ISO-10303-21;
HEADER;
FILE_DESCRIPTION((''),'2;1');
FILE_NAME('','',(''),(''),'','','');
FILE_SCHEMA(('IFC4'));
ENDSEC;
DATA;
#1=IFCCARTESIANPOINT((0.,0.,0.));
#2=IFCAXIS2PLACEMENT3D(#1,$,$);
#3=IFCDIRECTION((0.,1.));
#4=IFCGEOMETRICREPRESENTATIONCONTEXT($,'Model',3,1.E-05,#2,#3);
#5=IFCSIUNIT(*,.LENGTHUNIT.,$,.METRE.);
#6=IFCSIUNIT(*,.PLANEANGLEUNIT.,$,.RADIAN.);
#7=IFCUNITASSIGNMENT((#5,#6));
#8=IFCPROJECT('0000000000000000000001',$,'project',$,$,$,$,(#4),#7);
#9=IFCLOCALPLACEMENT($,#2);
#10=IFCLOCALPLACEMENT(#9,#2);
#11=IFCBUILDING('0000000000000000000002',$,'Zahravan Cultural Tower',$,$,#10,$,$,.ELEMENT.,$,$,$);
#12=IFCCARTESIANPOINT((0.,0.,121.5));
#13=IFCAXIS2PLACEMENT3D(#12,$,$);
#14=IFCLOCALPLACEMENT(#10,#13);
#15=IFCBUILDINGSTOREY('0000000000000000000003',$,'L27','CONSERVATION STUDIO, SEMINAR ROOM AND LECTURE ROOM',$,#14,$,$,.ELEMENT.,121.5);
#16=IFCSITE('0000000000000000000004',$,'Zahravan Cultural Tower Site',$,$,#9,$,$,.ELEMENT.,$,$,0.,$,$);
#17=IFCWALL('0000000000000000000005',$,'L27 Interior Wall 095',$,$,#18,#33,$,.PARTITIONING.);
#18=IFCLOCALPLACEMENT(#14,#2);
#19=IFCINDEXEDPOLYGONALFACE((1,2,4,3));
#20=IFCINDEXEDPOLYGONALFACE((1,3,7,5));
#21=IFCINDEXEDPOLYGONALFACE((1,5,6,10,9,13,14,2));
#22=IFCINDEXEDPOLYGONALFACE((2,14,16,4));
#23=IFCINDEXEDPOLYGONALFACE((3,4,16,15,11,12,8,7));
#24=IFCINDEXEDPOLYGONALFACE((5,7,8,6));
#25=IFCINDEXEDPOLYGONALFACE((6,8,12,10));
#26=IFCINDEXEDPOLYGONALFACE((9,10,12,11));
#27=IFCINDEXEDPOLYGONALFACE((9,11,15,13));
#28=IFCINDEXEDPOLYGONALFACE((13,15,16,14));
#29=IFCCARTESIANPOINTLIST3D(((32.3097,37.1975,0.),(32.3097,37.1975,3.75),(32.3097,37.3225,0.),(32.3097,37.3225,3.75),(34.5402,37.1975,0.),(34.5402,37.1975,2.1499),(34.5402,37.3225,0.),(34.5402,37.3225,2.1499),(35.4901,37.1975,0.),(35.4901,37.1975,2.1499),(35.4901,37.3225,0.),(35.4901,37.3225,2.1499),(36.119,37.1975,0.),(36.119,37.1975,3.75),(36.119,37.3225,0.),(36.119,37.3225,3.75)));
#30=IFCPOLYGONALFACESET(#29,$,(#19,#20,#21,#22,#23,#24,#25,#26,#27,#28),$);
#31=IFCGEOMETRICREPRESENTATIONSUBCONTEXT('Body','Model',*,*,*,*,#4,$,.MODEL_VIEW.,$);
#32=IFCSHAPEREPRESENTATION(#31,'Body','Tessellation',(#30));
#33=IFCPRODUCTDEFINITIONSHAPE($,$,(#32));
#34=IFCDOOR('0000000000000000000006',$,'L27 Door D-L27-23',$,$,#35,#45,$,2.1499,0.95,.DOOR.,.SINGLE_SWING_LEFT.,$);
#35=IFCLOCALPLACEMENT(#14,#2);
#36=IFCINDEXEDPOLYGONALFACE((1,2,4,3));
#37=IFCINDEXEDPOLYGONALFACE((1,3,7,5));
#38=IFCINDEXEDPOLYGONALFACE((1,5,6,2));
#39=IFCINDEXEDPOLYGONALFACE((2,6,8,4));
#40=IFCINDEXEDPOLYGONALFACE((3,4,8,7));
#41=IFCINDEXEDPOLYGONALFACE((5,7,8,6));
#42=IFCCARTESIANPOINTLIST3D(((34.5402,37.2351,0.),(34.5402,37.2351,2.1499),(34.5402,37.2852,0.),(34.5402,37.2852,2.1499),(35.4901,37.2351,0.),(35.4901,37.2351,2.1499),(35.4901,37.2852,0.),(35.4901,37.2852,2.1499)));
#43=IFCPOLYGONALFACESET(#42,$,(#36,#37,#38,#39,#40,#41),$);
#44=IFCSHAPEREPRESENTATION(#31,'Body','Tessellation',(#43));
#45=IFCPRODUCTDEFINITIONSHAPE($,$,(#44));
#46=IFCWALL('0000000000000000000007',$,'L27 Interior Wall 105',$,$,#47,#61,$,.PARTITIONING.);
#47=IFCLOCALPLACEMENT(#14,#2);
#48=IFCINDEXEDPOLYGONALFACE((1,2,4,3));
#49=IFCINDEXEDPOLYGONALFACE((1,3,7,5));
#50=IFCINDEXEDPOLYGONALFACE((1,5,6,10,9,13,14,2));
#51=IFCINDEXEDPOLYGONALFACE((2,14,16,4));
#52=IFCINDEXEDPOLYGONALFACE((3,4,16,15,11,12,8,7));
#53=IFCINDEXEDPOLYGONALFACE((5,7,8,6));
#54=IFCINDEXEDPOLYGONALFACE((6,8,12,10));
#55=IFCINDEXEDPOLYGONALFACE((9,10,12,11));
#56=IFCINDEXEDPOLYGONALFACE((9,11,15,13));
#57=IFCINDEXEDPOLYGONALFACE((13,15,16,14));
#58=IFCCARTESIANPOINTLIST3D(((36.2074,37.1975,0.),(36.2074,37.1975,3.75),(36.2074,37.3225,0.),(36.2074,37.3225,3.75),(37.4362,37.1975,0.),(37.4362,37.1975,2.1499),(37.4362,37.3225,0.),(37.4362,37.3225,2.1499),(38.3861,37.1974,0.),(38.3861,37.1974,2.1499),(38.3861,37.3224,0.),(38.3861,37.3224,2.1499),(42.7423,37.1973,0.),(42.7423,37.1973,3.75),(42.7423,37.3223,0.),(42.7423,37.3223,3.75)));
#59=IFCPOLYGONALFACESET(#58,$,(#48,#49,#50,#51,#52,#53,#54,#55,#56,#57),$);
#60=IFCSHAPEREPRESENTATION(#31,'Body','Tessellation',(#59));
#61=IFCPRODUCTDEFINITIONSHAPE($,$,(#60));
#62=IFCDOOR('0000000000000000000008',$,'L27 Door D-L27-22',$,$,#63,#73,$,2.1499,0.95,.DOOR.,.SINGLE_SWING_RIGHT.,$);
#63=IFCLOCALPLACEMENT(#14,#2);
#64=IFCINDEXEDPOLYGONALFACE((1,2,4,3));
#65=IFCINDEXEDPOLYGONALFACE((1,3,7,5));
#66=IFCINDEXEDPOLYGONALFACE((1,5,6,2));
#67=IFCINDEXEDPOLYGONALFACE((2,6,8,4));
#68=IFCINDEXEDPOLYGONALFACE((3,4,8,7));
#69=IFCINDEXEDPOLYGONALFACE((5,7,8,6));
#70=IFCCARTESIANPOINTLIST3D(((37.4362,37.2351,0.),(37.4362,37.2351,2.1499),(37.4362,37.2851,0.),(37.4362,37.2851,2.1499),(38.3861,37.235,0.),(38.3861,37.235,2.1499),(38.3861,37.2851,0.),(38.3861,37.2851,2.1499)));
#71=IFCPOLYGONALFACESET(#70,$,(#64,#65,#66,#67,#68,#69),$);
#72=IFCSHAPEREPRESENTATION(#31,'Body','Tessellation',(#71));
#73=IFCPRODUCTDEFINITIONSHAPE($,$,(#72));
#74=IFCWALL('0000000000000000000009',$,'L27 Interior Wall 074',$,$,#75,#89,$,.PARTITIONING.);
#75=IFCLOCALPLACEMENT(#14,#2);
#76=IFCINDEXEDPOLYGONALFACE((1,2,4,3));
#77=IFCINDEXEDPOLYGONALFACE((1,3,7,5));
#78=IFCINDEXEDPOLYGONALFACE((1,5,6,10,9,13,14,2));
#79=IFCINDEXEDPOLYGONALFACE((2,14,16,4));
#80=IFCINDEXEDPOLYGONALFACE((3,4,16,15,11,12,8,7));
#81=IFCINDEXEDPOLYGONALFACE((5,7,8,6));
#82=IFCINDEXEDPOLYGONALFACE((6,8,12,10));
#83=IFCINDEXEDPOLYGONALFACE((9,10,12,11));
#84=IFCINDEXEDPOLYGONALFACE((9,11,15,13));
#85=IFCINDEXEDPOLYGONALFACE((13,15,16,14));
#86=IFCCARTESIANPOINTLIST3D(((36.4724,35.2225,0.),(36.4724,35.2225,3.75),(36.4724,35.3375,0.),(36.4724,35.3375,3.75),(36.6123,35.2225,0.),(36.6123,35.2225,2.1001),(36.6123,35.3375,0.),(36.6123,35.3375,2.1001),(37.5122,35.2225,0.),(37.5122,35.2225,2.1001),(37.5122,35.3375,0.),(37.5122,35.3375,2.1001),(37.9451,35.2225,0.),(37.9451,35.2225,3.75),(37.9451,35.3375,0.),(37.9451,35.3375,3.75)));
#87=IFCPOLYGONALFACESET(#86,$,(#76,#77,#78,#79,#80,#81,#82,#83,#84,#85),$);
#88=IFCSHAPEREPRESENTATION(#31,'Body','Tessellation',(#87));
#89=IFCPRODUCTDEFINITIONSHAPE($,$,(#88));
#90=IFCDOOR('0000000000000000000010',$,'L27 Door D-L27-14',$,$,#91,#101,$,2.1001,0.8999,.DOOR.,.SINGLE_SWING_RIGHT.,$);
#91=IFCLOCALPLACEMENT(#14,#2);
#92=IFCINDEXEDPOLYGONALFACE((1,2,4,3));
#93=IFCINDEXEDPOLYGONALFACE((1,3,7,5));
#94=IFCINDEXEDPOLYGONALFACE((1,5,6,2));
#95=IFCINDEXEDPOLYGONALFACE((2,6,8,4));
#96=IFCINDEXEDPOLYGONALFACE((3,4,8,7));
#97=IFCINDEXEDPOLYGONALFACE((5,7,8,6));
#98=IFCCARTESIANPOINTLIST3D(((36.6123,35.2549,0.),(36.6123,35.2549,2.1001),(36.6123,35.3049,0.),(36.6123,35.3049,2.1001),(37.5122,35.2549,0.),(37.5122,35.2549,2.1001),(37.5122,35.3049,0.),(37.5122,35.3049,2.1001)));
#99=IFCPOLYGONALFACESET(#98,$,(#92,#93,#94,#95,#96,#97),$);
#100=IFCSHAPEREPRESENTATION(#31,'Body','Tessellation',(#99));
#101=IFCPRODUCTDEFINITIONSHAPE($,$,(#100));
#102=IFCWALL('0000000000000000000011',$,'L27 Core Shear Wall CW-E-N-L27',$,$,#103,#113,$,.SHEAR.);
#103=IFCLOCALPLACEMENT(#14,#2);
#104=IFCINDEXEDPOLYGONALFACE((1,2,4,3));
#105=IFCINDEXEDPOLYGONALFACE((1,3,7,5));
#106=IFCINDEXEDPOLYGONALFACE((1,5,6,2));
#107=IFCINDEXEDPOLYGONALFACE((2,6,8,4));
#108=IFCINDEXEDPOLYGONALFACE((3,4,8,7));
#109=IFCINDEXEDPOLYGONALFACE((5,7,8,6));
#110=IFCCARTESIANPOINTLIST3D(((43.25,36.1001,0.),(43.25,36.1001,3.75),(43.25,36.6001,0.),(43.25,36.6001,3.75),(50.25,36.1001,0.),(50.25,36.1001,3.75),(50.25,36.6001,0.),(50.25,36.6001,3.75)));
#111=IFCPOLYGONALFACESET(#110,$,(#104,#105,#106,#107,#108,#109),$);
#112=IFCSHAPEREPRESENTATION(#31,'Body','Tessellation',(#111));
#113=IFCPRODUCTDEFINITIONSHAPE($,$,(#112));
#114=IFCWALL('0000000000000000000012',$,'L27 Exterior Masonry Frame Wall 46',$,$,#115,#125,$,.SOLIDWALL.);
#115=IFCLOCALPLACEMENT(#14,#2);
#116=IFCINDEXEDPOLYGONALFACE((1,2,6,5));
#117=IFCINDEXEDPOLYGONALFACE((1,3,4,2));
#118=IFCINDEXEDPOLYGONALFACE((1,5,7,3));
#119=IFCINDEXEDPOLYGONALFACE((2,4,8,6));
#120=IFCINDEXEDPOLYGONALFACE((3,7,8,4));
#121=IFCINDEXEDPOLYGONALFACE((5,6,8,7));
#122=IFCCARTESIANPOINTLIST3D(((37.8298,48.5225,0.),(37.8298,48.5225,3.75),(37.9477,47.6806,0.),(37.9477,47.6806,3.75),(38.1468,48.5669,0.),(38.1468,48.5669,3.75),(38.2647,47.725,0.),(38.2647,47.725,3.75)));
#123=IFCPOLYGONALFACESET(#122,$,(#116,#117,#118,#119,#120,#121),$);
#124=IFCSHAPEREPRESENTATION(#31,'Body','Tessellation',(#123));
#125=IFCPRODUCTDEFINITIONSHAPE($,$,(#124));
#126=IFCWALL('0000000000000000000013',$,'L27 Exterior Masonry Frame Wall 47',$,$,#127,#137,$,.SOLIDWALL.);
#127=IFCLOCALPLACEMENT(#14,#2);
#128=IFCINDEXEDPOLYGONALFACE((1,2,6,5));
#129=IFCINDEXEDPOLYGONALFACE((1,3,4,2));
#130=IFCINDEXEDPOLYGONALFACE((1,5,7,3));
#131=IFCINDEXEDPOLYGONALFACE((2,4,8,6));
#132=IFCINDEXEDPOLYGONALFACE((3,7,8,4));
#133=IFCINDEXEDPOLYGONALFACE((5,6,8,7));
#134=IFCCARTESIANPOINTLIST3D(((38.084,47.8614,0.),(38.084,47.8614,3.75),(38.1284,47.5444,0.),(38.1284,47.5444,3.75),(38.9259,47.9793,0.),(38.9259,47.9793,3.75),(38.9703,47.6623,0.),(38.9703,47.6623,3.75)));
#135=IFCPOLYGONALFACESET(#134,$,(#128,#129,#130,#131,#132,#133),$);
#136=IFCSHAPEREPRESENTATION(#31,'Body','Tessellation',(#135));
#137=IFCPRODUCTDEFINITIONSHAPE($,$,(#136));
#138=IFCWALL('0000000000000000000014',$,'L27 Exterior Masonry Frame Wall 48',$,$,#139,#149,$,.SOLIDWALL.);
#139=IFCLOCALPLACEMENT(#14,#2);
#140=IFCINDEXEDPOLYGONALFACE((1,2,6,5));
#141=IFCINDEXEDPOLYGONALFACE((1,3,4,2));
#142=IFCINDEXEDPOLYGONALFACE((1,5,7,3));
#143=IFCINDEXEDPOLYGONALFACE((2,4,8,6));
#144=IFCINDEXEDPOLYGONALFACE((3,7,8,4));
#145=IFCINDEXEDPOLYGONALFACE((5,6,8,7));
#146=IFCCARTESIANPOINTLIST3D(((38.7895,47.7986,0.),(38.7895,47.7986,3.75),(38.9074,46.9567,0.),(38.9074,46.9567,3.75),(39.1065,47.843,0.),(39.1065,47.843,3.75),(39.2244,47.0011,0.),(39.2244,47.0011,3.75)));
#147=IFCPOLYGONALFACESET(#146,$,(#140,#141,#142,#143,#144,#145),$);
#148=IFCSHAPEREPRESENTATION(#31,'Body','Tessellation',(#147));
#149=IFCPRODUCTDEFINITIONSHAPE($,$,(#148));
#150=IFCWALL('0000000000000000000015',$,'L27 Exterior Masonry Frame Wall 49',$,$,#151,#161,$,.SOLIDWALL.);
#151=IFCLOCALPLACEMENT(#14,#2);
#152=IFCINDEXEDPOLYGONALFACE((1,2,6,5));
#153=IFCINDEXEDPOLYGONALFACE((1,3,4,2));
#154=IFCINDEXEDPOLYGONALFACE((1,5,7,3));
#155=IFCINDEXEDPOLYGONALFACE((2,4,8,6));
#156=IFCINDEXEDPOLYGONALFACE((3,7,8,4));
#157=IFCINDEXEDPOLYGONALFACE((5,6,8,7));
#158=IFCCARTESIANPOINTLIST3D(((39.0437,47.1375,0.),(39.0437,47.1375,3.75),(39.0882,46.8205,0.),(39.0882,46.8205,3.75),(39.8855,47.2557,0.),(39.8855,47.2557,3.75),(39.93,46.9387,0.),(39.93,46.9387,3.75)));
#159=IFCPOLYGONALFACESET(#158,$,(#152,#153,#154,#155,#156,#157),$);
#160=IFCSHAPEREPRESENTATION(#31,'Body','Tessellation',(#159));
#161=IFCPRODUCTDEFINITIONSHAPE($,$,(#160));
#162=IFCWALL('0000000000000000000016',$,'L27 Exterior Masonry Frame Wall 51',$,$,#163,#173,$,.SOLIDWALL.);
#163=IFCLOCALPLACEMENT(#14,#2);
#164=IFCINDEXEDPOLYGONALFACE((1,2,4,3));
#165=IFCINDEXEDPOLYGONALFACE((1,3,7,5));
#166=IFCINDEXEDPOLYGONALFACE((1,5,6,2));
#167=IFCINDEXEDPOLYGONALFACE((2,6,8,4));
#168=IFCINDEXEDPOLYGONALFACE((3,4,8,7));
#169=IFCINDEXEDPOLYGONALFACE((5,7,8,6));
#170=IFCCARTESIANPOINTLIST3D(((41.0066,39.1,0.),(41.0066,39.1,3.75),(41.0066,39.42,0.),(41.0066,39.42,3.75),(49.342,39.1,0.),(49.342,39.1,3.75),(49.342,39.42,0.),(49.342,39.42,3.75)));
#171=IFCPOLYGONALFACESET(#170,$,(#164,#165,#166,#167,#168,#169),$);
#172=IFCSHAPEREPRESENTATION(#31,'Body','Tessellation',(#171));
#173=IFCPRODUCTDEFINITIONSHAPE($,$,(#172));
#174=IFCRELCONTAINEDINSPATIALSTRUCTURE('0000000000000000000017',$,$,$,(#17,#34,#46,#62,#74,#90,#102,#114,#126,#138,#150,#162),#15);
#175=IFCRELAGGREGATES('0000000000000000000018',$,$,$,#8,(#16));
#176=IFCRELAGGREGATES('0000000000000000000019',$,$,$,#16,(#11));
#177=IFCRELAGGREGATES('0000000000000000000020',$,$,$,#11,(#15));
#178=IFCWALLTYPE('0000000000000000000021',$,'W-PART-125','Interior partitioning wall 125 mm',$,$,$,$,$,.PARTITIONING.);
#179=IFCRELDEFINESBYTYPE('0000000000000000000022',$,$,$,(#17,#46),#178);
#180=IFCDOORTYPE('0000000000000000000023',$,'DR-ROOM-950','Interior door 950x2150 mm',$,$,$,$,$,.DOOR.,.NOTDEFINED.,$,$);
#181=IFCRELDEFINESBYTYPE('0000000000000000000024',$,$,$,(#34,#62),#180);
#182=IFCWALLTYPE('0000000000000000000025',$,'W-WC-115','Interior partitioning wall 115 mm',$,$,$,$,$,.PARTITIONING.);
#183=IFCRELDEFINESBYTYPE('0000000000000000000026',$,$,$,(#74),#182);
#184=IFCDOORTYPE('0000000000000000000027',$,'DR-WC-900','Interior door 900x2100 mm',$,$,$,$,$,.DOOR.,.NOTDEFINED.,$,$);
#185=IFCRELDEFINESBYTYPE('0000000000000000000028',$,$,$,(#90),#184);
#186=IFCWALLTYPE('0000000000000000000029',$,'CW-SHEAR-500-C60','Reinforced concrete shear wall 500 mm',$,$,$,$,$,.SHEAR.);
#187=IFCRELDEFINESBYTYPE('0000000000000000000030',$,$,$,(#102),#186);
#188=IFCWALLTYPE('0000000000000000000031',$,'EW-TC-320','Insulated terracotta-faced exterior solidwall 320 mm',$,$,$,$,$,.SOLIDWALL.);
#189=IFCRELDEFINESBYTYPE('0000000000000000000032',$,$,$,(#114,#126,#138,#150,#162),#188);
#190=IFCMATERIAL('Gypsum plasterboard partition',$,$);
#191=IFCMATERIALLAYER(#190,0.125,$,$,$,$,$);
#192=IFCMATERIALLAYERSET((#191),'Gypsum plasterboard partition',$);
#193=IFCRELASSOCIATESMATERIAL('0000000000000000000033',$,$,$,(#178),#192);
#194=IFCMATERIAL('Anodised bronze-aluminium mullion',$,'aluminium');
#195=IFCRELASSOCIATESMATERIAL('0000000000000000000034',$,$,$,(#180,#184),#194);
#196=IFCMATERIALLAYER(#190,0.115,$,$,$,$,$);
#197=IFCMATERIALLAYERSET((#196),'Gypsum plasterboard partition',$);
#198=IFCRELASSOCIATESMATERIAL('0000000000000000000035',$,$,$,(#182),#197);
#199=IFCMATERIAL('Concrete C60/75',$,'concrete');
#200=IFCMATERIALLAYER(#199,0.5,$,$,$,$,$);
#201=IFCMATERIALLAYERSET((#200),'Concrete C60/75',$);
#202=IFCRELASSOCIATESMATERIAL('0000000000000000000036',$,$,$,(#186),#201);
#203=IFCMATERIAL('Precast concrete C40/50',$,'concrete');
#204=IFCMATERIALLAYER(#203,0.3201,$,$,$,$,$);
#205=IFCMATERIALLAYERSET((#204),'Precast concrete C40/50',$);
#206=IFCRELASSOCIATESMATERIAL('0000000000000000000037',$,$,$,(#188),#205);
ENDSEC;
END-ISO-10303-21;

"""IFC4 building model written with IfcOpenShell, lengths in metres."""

from ifc_helpers import new_model, si_unit, direction, frame, frame_2d, origin, place, context, subcontext, project, spatial, rectangle, extrude, source, transform, mapped, material, layer, layer_set, type_object, element, fill, save


model = new_model("IFC4")

# Units and contexts
model_context = context("Model", 3, precision=1e-05, world=origin(), true_north=direction((0.0, 1.0)))
body_context = subcontext(model_context, "Body", "Model", "MODEL_VIEW")
ifc_project = project(units=[si_unit("LENGTHUNIT", "METRE"), si_unit("PLANEANGLEUNIT", "RADIAN")], contexts=[model_context])

# Site, building, storey
site_placement = place(None, origin())
site = spatial("IfcSite", under=ifc_project, at=site_placement, Name="Zahravan Cultural Tower Site", CompositionType="ELEMENT", RefElevation=0.0)
building_placement = place(site_placement, origin())
building = spatial("IfcBuilding", under=site, at=building_placement, Name="Zahravan Cultural Tower", CompositionType="ELEMENT")
storey_placement = place(building_placement, frame((0.0, 0.0, 121.5)))
storey = spatial("IfcBuildingStorey", under=building, at=storey_placement, Name="L27", Description="CONSERVATION STUDIO, SEMINAR ROOM AND LECTURE ROOM", CompositionType="ELEMENT", Elevation=121.5)

# Shared definitions
ifc_material_1 = material(Name="Concrete C60/75", Category="concrete")

# Walls, openings, doors
ifc_material_2 = material(Name="Gypsum plasterboard partition")
ifc_layer_1 = layer(ifc_material_2, 0.125)
ifc_layer_set_1 = layer_set([ifc_layer_1], Name="Gypsum plasterboard partition")
wall_type_1 = type_object("IfcWallType", Name="W-PART-125", Description="Interior partitioning wall 125 mm", PredefinedType="PARTITIONING", material=ifc_layer_set_1)
wall_1_placement = place(storey_placement, frame((36.1191, 37.26, 0.0), z_axis=(0.0, 0.0, 1.0), x_axis=(-1.0, 0.0, 0.0)))
wall_1 = element("IfcWall", 1, at=wall_1_placement, inside=storey, type_object=wall_type_1, Name="L27 Interior Wall 095", PredefinedType="PARTITIONING", context=body_context, shape_type="SweptSolid", body=[
    extrude(rectangle(XDim=3.8093, YDim=0.125, at=frame_2d((1.9048, 0.0))), origin(), (0.0, 0.0, 1.0), 3.75),
])
opening_1_placement = place(wall_1_placement, frame((0.6289, 0.0, 0.0)))
opening_1 = element("IfcOpeningElement", 2, at=opening_1_placement, cuts=wall_1, PredefinedType="OPENING", context=body_context, shape_type="SweptSolid", body=[
    extrude(rectangle(XDim=0.95, YDim=2.1499, at=frame_2d((0.4751, 1.075))), frame((0.0, 0.0725, 0.0), z_axis=(0.0, -1.0, 0.0), x_axis=(1.0, 0.0, 0.0)), (0.0, 0.0, 1.0), 0.145),
])
ifc_material_3 = material(Name="Anodised bronze-aluminium mullion", Category="aluminium")
door_type_1 = type_object("IfcDoorType", Name="DR-ROOM-950", Description="Interior door 950x2150 mm", OperationType="NOTDEFINED", PredefinedType="DOOR", material=ifc_material_3)
shared_shape_1 = source(origin(), body_context, "Body", "SweptSolid", [
    extrude(rectangle(XDim=0.95, YDim=2.1499, at=frame_2d((0.4751, 1.075))), frame((0.0, 0.0249, 0.0), z_axis=(0.0, -1.0, 0.0), x_axis=(1.0, 0.0, 0.0)), (0.0, 0.0, 1.0), 0.05),
])
door_1_placement = place(opening_1_placement, origin())
door_1 = element("IfcDoor", 3, at=door_1_placement, inside=storey, type_object=door_type_1, Name="L27 Door D-L27-23", OperationType="SINGLE_SWING_LEFT", OverallHeight=2.1499, OverallWidth=0.95, PredefinedType="DOOR", context=body_context, shape_type="MappedRepresentation", body=[
    mapped(shared_shape_1, transform((0.0, 0.0, 0.0), x_axis=(1.0, 0.0, 0.0), y_axis=(0.0, 1.0, 0.0), z_axis=(0.0, 0.0, 1.0), scale=1.0)),
])
fill(opening_1, door_1)
wall_2_placement = place(storey_placement, frame((42.7424, 37.2598, 0.0), z_axis=(0.0, 0.0, 1.0), x_axis=(-1.0, 0.000037, 0.0)))
wall_2 = element("IfcWall", 4, at=wall_2_placement, inside=storey, type_object=wall_type_1, Name="L27 Interior Wall 105", PredefinedType="PARTITIONING", context=body_context, shape_type="SweptSolid", body=[
    extrude(rectangle(XDim=6.5349, YDim=0.125, at=frame_2d((3.2676, 0.0))), origin(), (0.0, 0.0, 1.0), 3.75),
])
opening_2_placement = place(wall_2_placement, frame((4.3562, 0.0, 0.0)))
opening_2 = element("IfcOpeningElement", 5, at=opening_2_placement, cuts=wall_2, PredefinedType="OPENING", context=body_context, shape_type="SweptSolid", body=[
    extrude(rectangle(XDim=0.95, YDim=2.1499, at=frame_2d((0.4751, 1.075))), frame((0.0, 0.0725, 0.0), z_axis=(0.0, -1.0, 0.0), x_axis=(1.0, 0.0, 0.0)), (0.0, 0.0, 1.0), 0.145),
])
door_2_placement = place(opening_2_placement, origin())
door_2 = element("IfcDoor", 6, at=door_2_placement, inside=storey, type_object=door_type_1, Name="L27 Door D-L27-22", OperationType="SINGLE_SWING_RIGHT", OverallHeight=2.1499, OverallWidth=0.95, PredefinedType="DOOR", context=body_context, shape_type="MappedRepresentation", body=[
    mapped(shared_shape_1, transform((0.0, 0.0, 0.0), x_axis=(1.0, 0.0, 0.0), y_axis=(0.0, 1.0, 0.0), z_axis=(0.0, 0.0, 1.0), scale=1.0)),
])
fill(opening_2, door_2)
ifc_layer_2 = layer(ifc_material_2, 0.115)
ifc_layer_set_2 = layer_set([ifc_layer_2], Name="Gypsum plasterboard partition")
wall_type_2 = type_object("IfcWallType", Name="W-WC-115", Description="Interior partitioning wall 115 mm", PredefinedType="PARTITIONING", material=ifc_layer_set_2)
wall_3_placement = place(storey_placement, frame((36.4724, 35.28, 0.0), z_axis=(0.0, 0.0, 1.0), x_axis=(1.0, 0.0, 0.0)))
wall_3 = element("IfcWall", 7, at=wall_3_placement, inside=storey, type_object=wall_type_2, Name="L27 Interior Wall 074", PredefinedType="PARTITIONING", context=body_context, shape_type="SweptSolid", body=[
    extrude(rectangle(XDim=1.4727, YDim=0.115, at=frame_2d((0.7363, 0.0))), origin(), (0.0, 0.0, 1.0), 3.75),
])
opening_3_placement = place(wall_3_placement, frame((0.1399, 0.0, 0.0)))
opening_3 = element("IfcOpeningElement", 8, at=opening_3_placement, cuts=wall_3, PredefinedType="OPENING", context=body_context, shape_type="SweptSolid", body=[
    extrude(rectangle(XDim=0.8999, YDim=2.1001, at=frame_2d((0.45, 1.05))), frame((0.0, 0.0674, 0.0), z_axis=(0.0, -1.0, 0.0), x_axis=(1.0, 0.0, 0.0)), (0.0, 0.0, 1.0), 0.135),
])
door_type_2 = type_object("IfcDoorType", Name="DR-WC-900", Description="Interior door 900x2100 mm", OperationType="NOTDEFINED", PredefinedType="DOOR", material=ifc_material_3)
shared_shape_2 = source(origin(), body_context, "Body", "SweptSolid", [
    extrude(rectangle(XDim=0.8999, YDim=2.1001, at=frame_2d((0.45, 1.05))), frame((0.0, 0.0249, 0.0), z_axis=(0.0, -1.0, 0.0), x_axis=(1.0, 0.0, 0.0)), (0.0, 0.0, 1.0), 0.05),
])
door_3_placement = place(opening_3_placement, origin())
door_3 = element("IfcDoor", 9, at=door_3_placement, inside=storey, type_object=door_type_2, Name="L27 Door D-L27-14", OperationType="SINGLE_SWING_RIGHT", OverallHeight=2.1001, OverallWidth=0.8999, PredefinedType="DOOR", context=body_context, shape_type="MappedRepresentation", body=[
    mapped(shared_shape_2, transform((0.0, 0.0, 0.0), x_axis=(1.0, 0.0, 0.0), y_axis=(0.0, 1.0, 0.0), z_axis=(0.0, 0.0, 1.0), scale=1.0)),
])
fill(opening_3, door_3)

# Walls
ifc_layer_3 = layer(ifc_material_1, 0.5)
ifc_layer_set_3 = layer_set([ifc_layer_3], Name="Concrete C60/75")
wall_type_3 = type_object("IfcWallType", Name="CW-SHEAR-500-C60", Description="Reinforced concrete shear wall 500 mm", PredefinedType="SHEAR", material=ifc_layer_set_3)
shared_shape_3 = source(origin(), body_context, "Body", "SweptSolid", [
    extrude(rectangle(XDim=7.0, YDim=0.5, at=frame_2d((3.5, 0.0))), origin(), (0.0, 0.0, 1.0), 3.75),
])
wall_4_placement = place(storey_placement, frame((43.25, 36.3501, 0.0), z_axis=(0.0, 0.0, 1.0), x_axis=(1.0, 0.0, 0.0)))
element("IfcWall", 10, at=wall_4_placement, inside=storey, type_object=wall_type_3, Name="L27 Core Shear Wall CW-E-N-L27", PredefinedType="SHEAR", context=body_context, shape_type="MappedRepresentation", body=[
    mapped(shared_shape_3, transform((0.0, 0.0, 0.0), x_axis=(1.0, 0.0, 0.0), y_axis=(0.0, 1.0, 0.0), z_axis=(0.0, 0.0, 1.0), scale=1.0)),
])
ifc_material_4 = material(Name="Precast concrete C40/50", Category="concrete")
ifc_layer_4 = layer(ifc_material_4, 0.3201)
ifc_layer_set_4 = layer_set([ifc_layer_4], Name="Precast concrete C40/50")
wall_type_4 = type_object("IfcWallType", Name="EW-TC-320", Description="Insulated terracotta-faced exterior solidwall 320 mm", PredefinedType="SOLIDWALL", material=ifc_layer_set_4)
shared_shape_4 = source(origin(), body_context, "Body", "SweptSolid", [
    extrude(rectangle(XDim=0.8501, YDim=0.3201, at=frame_2d((0.425, 0.0))), origin(), (0.0, 0.0, 1.0), 3.75),
])
for number, where, z_axis, x_axis, name in (
    (11, (37.9883, 48.5447, 0.0), (0.0, 0.0, 1.0), (0.138727, -0.990331, 0.0), "L27 Exterior Masonry Frame Wall 46"),
    (12, (38.1062, 47.7029, 0.0), (0.0, 0.0, 1.0), (0.990331, 0.138727, 0.0), "L27 Exterior Masonry Frame Wall 47"),
    (13, (38.948, 47.8208, 0.0), (0.0, 0.0, 1.0), (0.138727, -0.990331, 0.0), "L27 Exterior Masonry Frame Wall 48"),
    (14, (39.0659, 46.979, 0.0), (0.0, 0.0, 1.0), (0.990291, 0.139008, 0.0), "L27 Exterior Masonry Frame Wall 49"),
):
    element("IfcWall", number, at=place(storey_placement, frame(where, z_axis=z_axis, x_axis=x_axis)), inside=storey, type_object=wall_type_4, Name=name, PredefinedType="SOLIDWALL", context=body_context, shape_type="MappedRepresentation", body=[
        mapped(shared_shape_4, transform((0.0, 0.0, 0.0), x_axis=(1.0, 0.0, 0.0), y_axis=(0.0, 1.0, 0.0), z_axis=(0.0, 0.0, 1.0), scale=1.0)),
    ])
shared_shape_5 = source(origin(), body_context, "Body", "SweptSolid", [
    extrude(rectangle(XDim=8.3354, YDim=0.3201, at=frame_2d((4.1677, 0.0))), origin(), (0.0, 0.0, 1.0), 3.75),
])
wall_5_placement = place(storey_placement, frame((41.0066, 39.26, 0.0), z_axis=(0.0, 0.0, 1.0), x_axis=(1.0, 0.0, 0.0)))
element("IfcWall", 15, at=wall_5_placement, inside=storey, type_object=wall_type_4, Name="L27 Exterior Masonry Frame Wall 51", PredefinedType="SOLIDWALL", context=body_context, shape_type="MappedRepresentation", body=[
    mapped(shared_shape_5, transform((0.0, 0.0, 0.0), x_axis=(1.0, 0.0, 0.0), y_axis=(0.0, 1.0, 0.0), z_axis=(0.0, 0.0, 1.0), scale=1.0)),
])

save(model, "model.ifc")
